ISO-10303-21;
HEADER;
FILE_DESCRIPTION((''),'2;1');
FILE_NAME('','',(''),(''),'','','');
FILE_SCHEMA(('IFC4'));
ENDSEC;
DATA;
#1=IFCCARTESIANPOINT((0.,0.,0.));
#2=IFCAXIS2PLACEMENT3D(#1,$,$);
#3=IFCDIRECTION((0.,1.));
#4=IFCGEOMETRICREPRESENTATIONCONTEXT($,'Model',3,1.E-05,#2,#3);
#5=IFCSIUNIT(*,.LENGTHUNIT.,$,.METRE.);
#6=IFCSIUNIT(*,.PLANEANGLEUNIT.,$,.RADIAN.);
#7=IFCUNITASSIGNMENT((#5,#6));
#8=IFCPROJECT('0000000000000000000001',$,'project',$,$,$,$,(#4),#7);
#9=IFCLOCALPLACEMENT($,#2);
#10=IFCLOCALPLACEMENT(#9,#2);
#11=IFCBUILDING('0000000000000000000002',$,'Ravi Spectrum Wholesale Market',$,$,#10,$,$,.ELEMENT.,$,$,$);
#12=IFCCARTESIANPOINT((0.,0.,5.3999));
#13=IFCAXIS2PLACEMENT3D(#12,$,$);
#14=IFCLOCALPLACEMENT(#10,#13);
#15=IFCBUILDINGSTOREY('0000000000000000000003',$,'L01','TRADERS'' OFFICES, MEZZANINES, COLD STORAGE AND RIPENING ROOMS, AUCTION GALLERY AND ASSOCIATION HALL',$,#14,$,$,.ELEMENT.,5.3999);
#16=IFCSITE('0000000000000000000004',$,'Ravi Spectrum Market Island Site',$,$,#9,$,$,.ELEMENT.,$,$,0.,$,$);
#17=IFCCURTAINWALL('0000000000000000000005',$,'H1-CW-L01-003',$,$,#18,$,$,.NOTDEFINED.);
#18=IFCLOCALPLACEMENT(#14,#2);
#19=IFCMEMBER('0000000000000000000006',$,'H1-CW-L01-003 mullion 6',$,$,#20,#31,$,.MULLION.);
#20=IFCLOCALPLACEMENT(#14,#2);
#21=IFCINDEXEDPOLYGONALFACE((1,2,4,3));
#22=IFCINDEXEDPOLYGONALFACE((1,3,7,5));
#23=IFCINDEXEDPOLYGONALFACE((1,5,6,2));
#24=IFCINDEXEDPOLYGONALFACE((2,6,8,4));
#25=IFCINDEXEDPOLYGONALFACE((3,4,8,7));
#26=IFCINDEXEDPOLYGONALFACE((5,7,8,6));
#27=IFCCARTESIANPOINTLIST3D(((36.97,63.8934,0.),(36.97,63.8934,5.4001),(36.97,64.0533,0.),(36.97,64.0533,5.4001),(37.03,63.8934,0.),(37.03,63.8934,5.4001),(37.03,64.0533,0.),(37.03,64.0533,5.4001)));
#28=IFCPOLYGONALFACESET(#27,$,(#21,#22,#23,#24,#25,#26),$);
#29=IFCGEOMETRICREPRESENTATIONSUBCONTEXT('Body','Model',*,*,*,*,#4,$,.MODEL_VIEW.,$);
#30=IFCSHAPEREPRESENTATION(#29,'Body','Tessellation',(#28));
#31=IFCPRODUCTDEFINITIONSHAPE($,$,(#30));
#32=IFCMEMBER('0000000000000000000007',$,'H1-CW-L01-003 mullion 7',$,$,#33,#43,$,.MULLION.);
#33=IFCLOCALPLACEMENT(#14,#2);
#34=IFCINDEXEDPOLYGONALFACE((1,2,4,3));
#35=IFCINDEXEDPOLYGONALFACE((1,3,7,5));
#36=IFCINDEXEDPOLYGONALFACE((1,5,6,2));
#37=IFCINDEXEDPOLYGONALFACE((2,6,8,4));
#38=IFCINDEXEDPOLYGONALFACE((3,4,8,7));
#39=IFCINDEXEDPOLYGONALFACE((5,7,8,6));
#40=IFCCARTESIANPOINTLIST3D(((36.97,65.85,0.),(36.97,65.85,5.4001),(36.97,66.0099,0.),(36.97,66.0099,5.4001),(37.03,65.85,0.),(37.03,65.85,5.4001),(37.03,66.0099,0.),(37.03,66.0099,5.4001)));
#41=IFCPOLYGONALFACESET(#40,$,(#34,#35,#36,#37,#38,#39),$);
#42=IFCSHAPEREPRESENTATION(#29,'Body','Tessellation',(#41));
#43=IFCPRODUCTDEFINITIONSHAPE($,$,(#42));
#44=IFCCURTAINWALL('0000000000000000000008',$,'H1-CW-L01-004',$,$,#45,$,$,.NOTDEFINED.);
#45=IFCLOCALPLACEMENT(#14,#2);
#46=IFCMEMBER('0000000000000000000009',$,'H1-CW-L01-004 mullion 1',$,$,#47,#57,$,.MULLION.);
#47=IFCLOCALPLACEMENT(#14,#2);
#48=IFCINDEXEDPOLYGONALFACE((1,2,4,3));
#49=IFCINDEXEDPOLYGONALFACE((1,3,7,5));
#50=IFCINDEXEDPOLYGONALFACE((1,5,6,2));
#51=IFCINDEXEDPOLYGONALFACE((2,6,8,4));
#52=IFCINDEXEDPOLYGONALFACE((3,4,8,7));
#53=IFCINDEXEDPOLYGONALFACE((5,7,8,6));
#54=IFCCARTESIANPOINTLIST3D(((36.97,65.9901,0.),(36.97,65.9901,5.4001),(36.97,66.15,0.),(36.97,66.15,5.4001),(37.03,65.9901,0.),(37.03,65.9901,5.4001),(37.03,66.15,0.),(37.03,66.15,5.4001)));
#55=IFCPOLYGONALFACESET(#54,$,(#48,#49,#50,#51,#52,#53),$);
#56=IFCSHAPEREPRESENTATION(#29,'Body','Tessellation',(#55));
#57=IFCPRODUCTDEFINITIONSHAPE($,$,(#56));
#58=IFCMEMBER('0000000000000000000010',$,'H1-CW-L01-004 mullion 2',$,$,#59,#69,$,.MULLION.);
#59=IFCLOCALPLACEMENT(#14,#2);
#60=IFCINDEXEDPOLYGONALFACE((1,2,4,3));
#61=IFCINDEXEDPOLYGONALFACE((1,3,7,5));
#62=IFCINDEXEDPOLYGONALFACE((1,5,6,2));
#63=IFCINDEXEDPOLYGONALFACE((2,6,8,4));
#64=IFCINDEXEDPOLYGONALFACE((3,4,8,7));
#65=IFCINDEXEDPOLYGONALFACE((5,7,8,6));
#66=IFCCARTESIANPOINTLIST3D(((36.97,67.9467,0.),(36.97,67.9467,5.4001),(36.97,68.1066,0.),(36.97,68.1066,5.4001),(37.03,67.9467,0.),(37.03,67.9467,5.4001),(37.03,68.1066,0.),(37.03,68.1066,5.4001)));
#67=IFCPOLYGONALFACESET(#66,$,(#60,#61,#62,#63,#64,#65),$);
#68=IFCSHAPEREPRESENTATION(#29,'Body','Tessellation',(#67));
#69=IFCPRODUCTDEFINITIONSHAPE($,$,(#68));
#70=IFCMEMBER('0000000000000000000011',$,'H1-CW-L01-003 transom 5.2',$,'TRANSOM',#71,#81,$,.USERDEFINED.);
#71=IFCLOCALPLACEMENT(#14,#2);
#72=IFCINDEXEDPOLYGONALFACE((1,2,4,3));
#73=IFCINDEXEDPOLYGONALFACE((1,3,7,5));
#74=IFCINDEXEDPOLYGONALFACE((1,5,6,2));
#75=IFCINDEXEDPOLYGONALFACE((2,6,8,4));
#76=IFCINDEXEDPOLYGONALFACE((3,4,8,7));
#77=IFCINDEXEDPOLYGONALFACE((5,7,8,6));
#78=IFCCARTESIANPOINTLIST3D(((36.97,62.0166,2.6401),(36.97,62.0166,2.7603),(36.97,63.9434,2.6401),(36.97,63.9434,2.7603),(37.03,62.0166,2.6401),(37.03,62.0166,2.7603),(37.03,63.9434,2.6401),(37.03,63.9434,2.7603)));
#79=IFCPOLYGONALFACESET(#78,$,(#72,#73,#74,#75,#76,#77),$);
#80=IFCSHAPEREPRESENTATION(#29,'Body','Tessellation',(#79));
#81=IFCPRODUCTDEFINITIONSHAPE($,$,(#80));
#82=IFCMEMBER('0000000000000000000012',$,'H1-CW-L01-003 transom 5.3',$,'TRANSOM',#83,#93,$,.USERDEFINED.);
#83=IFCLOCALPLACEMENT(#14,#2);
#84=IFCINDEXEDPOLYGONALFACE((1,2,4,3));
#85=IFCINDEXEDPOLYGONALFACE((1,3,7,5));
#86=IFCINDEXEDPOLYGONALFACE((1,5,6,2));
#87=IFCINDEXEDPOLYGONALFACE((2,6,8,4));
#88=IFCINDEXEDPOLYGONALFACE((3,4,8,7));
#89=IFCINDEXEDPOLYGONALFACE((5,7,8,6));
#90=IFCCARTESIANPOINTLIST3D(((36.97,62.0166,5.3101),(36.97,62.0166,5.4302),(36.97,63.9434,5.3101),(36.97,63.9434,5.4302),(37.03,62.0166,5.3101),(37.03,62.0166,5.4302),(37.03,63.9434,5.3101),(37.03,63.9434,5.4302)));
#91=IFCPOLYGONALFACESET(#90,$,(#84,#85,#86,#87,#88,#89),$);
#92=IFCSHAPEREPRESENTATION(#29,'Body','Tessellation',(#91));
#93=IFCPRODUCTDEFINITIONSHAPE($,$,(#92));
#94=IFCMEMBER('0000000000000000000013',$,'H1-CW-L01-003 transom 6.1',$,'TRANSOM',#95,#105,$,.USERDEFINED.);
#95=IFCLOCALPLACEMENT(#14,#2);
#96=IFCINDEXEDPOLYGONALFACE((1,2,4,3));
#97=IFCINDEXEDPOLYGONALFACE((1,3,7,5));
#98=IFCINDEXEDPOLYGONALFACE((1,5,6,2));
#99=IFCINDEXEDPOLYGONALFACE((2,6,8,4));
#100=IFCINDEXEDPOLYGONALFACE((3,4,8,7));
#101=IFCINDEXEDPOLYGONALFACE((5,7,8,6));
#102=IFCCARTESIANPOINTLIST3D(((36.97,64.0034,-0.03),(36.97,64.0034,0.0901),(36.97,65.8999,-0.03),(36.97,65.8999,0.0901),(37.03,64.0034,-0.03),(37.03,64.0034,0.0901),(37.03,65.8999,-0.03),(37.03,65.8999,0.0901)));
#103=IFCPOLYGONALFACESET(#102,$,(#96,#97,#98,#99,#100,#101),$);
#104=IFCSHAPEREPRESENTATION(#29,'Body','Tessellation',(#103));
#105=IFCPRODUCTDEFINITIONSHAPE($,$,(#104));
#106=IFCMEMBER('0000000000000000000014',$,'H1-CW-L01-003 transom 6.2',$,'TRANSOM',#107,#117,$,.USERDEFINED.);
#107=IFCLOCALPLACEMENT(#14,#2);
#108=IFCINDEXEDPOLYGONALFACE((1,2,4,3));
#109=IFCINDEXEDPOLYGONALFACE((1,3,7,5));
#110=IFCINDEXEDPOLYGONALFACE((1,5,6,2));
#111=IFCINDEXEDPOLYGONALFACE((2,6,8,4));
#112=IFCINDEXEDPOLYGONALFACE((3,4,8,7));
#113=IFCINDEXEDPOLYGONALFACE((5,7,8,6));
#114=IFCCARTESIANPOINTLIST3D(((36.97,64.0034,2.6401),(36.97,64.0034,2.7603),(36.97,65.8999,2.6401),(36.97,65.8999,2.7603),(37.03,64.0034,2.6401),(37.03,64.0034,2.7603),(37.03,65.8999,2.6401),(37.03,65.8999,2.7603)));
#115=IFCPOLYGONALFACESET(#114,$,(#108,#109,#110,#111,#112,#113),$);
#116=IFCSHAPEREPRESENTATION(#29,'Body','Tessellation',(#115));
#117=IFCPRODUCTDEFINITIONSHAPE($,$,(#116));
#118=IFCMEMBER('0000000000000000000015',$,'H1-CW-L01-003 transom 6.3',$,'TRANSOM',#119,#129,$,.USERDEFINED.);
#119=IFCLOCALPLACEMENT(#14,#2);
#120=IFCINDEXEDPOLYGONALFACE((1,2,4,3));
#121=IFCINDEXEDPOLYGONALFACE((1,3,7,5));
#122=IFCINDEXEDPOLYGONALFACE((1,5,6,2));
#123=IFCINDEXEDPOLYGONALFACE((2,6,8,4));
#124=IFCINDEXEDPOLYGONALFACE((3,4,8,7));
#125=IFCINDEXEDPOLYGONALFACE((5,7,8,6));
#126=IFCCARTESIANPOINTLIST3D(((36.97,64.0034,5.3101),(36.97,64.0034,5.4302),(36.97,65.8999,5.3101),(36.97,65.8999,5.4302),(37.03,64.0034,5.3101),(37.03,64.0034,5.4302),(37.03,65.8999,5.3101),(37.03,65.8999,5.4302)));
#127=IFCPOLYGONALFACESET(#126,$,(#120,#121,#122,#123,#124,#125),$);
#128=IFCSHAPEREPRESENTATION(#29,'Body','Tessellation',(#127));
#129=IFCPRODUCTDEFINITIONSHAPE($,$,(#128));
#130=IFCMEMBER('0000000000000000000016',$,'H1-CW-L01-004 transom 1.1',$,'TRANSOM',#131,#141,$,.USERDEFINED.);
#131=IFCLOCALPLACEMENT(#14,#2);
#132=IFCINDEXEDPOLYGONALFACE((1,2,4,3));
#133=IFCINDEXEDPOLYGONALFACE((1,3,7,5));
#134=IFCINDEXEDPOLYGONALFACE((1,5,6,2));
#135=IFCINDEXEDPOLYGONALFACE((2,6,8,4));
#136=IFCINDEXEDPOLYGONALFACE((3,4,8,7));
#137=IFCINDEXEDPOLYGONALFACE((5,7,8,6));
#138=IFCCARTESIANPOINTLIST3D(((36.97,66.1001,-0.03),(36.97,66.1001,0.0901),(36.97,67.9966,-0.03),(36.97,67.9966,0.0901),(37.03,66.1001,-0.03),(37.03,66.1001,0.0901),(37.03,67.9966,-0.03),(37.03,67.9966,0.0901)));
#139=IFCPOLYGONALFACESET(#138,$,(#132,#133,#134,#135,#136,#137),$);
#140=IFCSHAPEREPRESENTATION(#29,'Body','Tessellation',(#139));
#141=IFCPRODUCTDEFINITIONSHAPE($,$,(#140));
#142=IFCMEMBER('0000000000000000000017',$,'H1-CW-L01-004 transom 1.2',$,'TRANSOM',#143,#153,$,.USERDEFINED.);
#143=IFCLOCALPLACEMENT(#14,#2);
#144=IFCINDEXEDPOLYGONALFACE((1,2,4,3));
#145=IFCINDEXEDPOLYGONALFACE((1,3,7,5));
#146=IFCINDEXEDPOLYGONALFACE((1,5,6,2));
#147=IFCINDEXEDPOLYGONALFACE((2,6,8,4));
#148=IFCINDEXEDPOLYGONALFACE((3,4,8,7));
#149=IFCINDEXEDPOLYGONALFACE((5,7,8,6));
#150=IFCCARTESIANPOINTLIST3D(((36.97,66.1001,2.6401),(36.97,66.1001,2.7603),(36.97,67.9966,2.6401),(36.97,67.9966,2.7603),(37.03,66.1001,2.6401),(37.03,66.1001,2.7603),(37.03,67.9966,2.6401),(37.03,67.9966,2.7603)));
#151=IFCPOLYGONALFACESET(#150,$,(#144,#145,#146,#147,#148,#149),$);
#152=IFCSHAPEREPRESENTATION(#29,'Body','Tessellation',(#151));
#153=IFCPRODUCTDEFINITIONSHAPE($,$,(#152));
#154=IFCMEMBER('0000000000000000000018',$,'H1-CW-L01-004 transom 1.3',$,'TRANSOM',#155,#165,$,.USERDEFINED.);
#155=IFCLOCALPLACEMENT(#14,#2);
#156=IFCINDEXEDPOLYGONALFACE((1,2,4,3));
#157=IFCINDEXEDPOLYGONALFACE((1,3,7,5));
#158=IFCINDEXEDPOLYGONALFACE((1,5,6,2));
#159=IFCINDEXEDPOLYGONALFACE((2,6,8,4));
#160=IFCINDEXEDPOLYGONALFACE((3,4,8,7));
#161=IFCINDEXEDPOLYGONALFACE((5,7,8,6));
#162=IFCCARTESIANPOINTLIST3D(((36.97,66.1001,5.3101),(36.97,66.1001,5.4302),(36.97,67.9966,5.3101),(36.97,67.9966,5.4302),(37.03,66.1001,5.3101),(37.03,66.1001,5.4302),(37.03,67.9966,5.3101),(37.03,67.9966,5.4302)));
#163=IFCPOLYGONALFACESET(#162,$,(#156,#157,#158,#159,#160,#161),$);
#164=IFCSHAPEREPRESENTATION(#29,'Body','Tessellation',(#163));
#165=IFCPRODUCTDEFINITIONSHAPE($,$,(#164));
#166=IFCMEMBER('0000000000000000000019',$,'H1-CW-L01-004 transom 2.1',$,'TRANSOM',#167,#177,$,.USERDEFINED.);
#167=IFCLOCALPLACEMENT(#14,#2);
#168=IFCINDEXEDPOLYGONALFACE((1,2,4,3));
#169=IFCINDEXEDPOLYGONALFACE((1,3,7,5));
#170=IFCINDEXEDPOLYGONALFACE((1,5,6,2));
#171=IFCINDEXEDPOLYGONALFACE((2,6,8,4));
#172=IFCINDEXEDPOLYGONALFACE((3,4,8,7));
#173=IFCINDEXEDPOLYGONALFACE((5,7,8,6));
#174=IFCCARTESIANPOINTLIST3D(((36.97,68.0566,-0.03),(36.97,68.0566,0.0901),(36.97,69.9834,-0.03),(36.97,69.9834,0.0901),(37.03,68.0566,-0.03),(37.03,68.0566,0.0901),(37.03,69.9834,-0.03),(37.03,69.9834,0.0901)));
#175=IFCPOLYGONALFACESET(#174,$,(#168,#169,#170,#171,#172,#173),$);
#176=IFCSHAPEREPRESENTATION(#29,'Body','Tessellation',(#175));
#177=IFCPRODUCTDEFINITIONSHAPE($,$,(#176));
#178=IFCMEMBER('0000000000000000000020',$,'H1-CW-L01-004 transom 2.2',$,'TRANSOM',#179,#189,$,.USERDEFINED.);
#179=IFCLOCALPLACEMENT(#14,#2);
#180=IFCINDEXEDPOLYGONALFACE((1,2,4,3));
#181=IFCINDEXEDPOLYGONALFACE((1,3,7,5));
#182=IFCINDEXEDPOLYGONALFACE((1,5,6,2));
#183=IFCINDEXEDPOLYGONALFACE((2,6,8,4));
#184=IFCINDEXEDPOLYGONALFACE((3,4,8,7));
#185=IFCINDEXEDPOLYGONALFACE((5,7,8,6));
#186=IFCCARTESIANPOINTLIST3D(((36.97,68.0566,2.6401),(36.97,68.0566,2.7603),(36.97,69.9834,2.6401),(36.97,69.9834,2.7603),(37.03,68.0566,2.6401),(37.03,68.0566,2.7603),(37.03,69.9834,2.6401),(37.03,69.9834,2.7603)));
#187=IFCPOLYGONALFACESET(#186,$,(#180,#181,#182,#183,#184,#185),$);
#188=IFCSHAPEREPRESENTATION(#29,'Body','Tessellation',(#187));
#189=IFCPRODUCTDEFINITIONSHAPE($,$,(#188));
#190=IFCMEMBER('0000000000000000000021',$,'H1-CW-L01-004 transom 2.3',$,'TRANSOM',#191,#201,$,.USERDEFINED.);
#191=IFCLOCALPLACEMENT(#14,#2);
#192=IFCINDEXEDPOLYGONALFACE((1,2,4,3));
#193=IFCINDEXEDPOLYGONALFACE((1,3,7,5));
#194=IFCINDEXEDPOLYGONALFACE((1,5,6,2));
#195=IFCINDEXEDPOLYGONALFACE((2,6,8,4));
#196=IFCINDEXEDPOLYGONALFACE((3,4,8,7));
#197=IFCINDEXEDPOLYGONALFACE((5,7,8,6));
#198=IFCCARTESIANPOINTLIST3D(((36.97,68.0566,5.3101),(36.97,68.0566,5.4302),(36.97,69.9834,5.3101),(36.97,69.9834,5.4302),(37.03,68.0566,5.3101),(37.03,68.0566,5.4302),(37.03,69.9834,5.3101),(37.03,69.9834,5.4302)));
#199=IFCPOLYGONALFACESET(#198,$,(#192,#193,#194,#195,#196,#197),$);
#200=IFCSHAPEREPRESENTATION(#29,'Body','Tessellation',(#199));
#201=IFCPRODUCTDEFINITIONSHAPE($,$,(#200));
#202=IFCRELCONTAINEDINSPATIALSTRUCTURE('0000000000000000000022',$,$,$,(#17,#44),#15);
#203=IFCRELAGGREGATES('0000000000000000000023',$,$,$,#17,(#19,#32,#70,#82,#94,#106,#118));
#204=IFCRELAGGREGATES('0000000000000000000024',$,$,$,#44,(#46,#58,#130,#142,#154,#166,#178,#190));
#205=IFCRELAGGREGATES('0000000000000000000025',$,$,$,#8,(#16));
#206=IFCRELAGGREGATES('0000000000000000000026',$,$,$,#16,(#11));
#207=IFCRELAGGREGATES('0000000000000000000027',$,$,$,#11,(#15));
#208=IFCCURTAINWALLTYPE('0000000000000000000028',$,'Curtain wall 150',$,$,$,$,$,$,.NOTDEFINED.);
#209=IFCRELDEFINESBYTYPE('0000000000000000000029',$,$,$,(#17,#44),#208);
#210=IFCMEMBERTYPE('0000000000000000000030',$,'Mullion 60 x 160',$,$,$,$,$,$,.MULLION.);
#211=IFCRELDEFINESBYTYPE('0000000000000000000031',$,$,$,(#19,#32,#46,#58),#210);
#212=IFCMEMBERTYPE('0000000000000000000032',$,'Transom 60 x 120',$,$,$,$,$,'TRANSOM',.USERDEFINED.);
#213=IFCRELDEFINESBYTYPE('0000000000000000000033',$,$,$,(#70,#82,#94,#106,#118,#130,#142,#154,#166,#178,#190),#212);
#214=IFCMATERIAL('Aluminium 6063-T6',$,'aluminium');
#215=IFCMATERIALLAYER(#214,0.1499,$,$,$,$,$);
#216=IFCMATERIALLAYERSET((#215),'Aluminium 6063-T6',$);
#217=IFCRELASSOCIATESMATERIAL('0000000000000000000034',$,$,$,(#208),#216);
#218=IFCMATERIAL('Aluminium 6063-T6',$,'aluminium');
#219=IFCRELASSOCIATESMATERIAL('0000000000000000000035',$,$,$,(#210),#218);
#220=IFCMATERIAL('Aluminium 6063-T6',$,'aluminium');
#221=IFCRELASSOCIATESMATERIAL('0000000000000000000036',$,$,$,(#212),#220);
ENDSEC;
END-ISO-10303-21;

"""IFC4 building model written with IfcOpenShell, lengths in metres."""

from ifc_helpers import new_model, si_unit, direction, frame, origin, origin_2d, place, context, subcontext, project, spatial, rectangle, extrude, material, layer, layer_set, material_profile, profile_set, type_object, element, aggregate, save


model = new_model("IFC4")

# Units and contexts
model_context = context("Model", 3, precision=1e-05, world=origin(), true_north=direction((0.0, 1.0)))
body_context = subcontext(model_context, "Body", "Model", "MODEL_VIEW")
ifc_project = project(units=[si_unit("LENGTHUNIT", "METRE"), si_unit("PLANEANGLEUNIT", "RADIAN")], contexts=[model_context])

# Site, building, storey
site_placement = place(None, origin())
site = spatial("IfcSite", under=ifc_project, at=site_placement, Name="Ravi Spectrum Market Island Site", CompositionType="ELEMENT", RefElevation=0.0)
building_placement = place(site_placement, origin())
building = spatial("IfcBuilding", under=site, at=building_placement, Name="Ravi Spectrum Wholesale Market", CompositionType="ELEMENT")
storey_placement = place(building_placement, frame((0.0, 0.0, 5.3999)))
storey = spatial("IfcBuildingStorey", under=building, at=storey_placement, Name="L01", Description="TRADERS' OFFICES, MEZZANINES, COLD STORAGE AND RIPENING ROOMS, AUCTION GALLERY AND ASSOCIATION HALL", CompositionType="ELEMENT", Elevation=5.3999)

# Curtain walls, members
ifc_material_1 = material(Name="Aluminium 6063-T6", Category="aluminium")
ifc_layer_1 = layer(ifc_material_1, 0.1499)
ifc_layer_set_1 = layer_set([ifc_layer_1], Name="Aluminium 6063-T6")
curtain_wall_type = type_object("IfcCurtainWallType", Name="Curtain wall 150", PredefinedType="NOTDEFINED", material=ifc_layer_set_1)
curtain_wall_1_placement = place(storey_placement, origin())
curtain_wall_1 = element("IfcCurtainWall", 1, at=curtain_wall_1_placement, inside=storey, type_object=curtain_wall_type, Name="H1-CW-L01-003", PredefinedType="NOTDEFINED")
ifc_material_2 = material(Name="Aluminium 6063-T6", Category="aluminium")
ifc_material_profile_1 = material_profile(ifc_material_2, rectangle(XDim=0.0601, YDim=0.1599, at=origin_2d()))
ifc_profile_set_1 = profile_set([ifc_material_profile_1], Name="Aluminium 6063-T6")
member_type_1 = type_object("IfcMemberType", Name="Mullion 60 x 160", PredefinedType="MULLION", material=ifc_profile_set_1)
member_1_placement = place(storey_placement, frame((37.0, 63.9734, 0.0), z_axis=(0.0, 0.0, 1.0), x_axis=(-1.0, 0.0, 0.0)))
member_1 = element("IfcMember", 2, at=member_1_placement, type_object=member_type_1, Name="H1-CW-L01-003 mullion 6", PredefinedType="MULLION", context=body_context, shape_type="SweptSolid", body=[
    extrude(rectangle(XDim=0.0601, YDim=0.1599, at=origin_2d()), origin(), (0.0, 0.0, 1.0), 5.4001),
])
member_2_placement = place(storey_placement, frame((37.0, 65.9299, 0.0), z_axis=(0.0, 0.0, 1.0), x_axis=(-1.0, 0.0, 0.0)))
member_2 = element("IfcMember", 3, at=member_2_placement, type_object=member_type_1, Name="H1-CW-L01-003 mullion 7", PredefinedType="MULLION", context=body_context, shape_type="SweptSolid", body=[
    extrude(rectangle(XDim=0.0601, YDim=0.1599, at=origin_2d()), origin(), (0.0, 0.0, 1.0), 5.4001),
])
curtain_wall_2_placement = place(storey_placement, origin())
curtain_wall_2 = element("IfcCurtainWall", 4, at=curtain_wall_2_placement, inside=storey, type_object=curtain_wall_type, Name="H1-CW-L01-004", PredefinedType="NOTDEFINED")
member_3_placement = place(storey_placement, frame((37.0, 66.0701, 0.0), z_axis=(0.0, 0.0, 1.0), x_axis=(-1.0, 0.0, 0.0)))
member_3 = element("IfcMember", 5, at=member_3_placement, type_object=member_type_1, Name="H1-CW-L01-004 mullion 1", PredefinedType="MULLION", context=body_context, shape_type="SweptSolid", body=[
    extrude(rectangle(XDim=0.0601, YDim=0.1599, at=origin_2d()), origin(), (0.0, 0.0, 1.0), 5.4001),
])
member_4_placement = place(storey_placement, frame((37.0, 68.0266, 0.0), z_axis=(0.0, 0.0, 1.0), x_axis=(-1.0, 0.0, 0.0)))
member_4 = element("IfcMember", 6, at=member_4_placement, type_object=member_type_1, Name="H1-CW-L01-004 mullion 2", PredefinedType="MULLION", context=body_context, shape_type="SweptSolid", body=[
    extrude(rectangle(XDim=0.0601, YDim=0.1599, at=origin_2d()), origin(), (0.0, 0.0, 1.0), 5.4001),
])

# Members
ifc_material_3 = material(Name="Aluminium 6063-T6", Category="aluminium")
ifc_material_profile_2 = material_profile(ifc_material_3, rectangle(XDim=0.0601, YDim=0.1201, at=origin_2d()))
ifc_profile_set_2 = profile_set([ifc_material_profile_2], Name="Aluminium 6063-T6")
member_type_2 = type_object("IfcMemberType", Name="Transom 60 x 120", ElementType="TRANSOM", PredefinedType="USERDEFINED", material=ifc_profile_set_2)
member_5_placement = place(storey_placement, frame((37.0, 62.0166, 2.7002), z_axis=(0.0, 1.0, 0.0), x_axis=(-1.0, 0.0, 0.0)))
member_5 = element("IfcMember", 7, at=member_5_placement, type_object=member_type_2, Name="H1-CW-L01-003 transom 5.2", ObjectType="TRANSOM", PredefinedType="USERDEFINED", context=body_context, shape_type="SweptSolid", body=[
    extrude(rectangle(XDim=0.0601, YDim=0.1201, at=origin_2d()), origin(), (0.0, 0.0, 1.0), 1.9268),
])
member_6_placement = place(storey_placement, frame((37.0, 62.0166, 5.3701), z_axis=(0.0, 1.0, 0.0), x_axis=(-1.0, 0.0, 0.0)))
member_6 = element("IfcMember", 8, at=member_6_placement, type_object=member_type_2, Name="H1-CW-L01-003 transom 5.3", ObjectType="TRANSOM", PredefinedType="USERDEFINED", context=body_context, shape_type="SweptSolid", body=[
    extrude(rectangle(XDim=0.0601, YDim=0.1201, at=origin_2d()), origin(), (0.0, 0.0, 1.0), 1.9268),
])
member_7_placement = place(storey_placement, frame((37.0, 64.0034, 0.03), z_axis=(0.0, 1.0, 0.0), x_axis=(-1.0, 0.0, 0.0)))
member_7 = element("IfcMember", 9, at=member_7_placement, type_object=member_type_2, Name="H1-CW-L01-003 transom 6.1", ObjectType="TRANSOM", PredefinedType="USERDEFINED", context=body_context, shape_type="SweptSolid", body=[
    extrude(rectangle(XDim=0.0601, YDim=0.1201, at=origin_2d()), origin(), (0.0, 0.0, 1.0), 1.8965),
])
member_8_placement = place(storey_placement, frame((37.0, 64.0034, 2.7002), z_axis=(0.0, 1.0, 0.0), x_axis=(-1.0, 0.0, 0.0)))
member_8 = element("IfcMember", 10, at=member_8_placement, type_object=member_type_2, Name="H1-CW-L01-003 transom 6.2", ObjectType="TRANSOM", PredefinedType="USERDEFINED", context=body_context, shape_type="SweptSolid", body=[
    extrude(rectangle(XDim=0.0601, YDim=0.1201, at=origin_2d()), origin(), (0.0, 0.0, 1.0), 1.8965),
])
member_9_placement = place(storey_placement, frame((37.0, 64.0034, 5.3701), z_axis=(0.0, 1.0, 0.0), x_axis=(-1.0, 0.0, 0.0)))
member_9 = element("IfcMember", 11, at=member_9_placement, type_object=member_type_2, Name="H1-CW-L01-003 transom 6.3", ObjectType="TRANSOM", PredefinedType="USERDEFINED", context=body_context, shape_type="SweptSolid", body=[
    extrude(rectangle(XDim=0.0601, YDim=0.1201, at=origin_2d()), origin(), (0.0, 0.0, 1.0), 1.8965),
])
member_10_placement = place(storey_placement, frame((37.0, 66.1001, 0.03), z_axis=(0.0, 1.0, 0.0), x_axis=(-1.0, 0.0, 0.0)))
member_10 = element("IfcMember", 12, at=member_10_placement, type_object=member_type_2, Name="H1-CW-L01-004 transom 1.1", ObjectType="TRANSOM", PredefinedType="USERDEFINED", context=body_context, shape_type="SweptSolid", body=[
    extrude(rectangle(XDim=0.0601, YDim=0.1201, at=origin_2d()), origin(), (0.0, 0.0, 1.0), 1.8965),
])
member_11_placement = place(storey_placement, frame((37.0, 66.1001, 2.7002), z_axis=(0.0, 1.0, 0.0), x_axis=(-1.0, 0.0, 0.0)))
member_11 = element("IfcMember", 13, at=member_11_placement, type_object=member_type_2, Name="H1-CW-L01-004 transom 1.2", ObjectType="TRANSOM", PredefinedType="USERDEFINED", context=body_context, shape_type="SweptSolid", body=[
    extrude(rectangle(XDim=0.0601, YDim=0.1201, at=origin_2d()), origin(), (0.0, 0.0, 1.0), 1.8965),
])
member_12_placement = place(storey_placement, frame((37.0, 66.1001, 5.3701), z_axis=(0.0, 1.0, 0.0), x_axis=(-1.0, 0.0, 0.0)))
member_12 = element("IfcMember", 14, at=member_12_placement, type_object=member_type_2, Name="H1-CW-L01-004 transom 1.3", ObjectType="TRANSOM", PredefinedType="USERDEFINED", context=body_context, shape_type="SweptSolid", body=[
    extrude(rectangle(XDim=0.0601, YDim=0.1201, at=origin_2d()), origin(), (0.0, 0.0, 1.0), 1.8965),
])
member_13_placement = place(storey_placement, frame((37.0, 68.0566, 0.03), z_axis=(0.0, 1.0, 0.0), x_axis=(-1.0, 0.0, 0.0)))
member_13 = element("IfcMember", 15, at=member_13_placement, type_object=member_type_2, Name="H1-CW-L01-004 transom 2.1", ObjectType="TRANSOM", PredefinedType="USERDEFINED", context=body_context, shape_type="SweptSolid", body=[
    extrude(rectangle(XDim=0.0601, YDim=0.1201, at=origin_2d()), origin(), (0.0, 0.0, 1.0), 1.9268),
])
member_14_placement = place(storey_placement, frame((37.0, 68.0566, 2.7002), z_axis=(0.0, 1.0, 0.0), x_axis=(-1.0, 0.0, 0.0)))
member_14 = element("IfcMember", 16, at=member_14_placement, type_object=member_type_2, Name="H1-CW-L01-004 transom 2.2", ObjectType="TRANSOM", PredefinedType="USERDEFINED", context=body_context, shape_type="SweptSolid", body=[
    extrude(rectangle(XDim=0.0601, YDim=0.1201, at=origin_2d()), origin(), (0.0, 0.0, 1.0), 1.9268),
])
member_15_placement = place(storey_placement, frame((37.0, 68.0566, 5.3701), z_axis=(0.0, 1.0, 0.0), x_axis=(-1.0, 0.0, 0.0)))
member_15 = element("IfcMember", 17, at=member_15_placement, type_object=member_type_2, Name="H1-CW-L01-004 transom 2.3", ObjectType="TRANSOM", PredefinedType="USERDEFINED", context=body_context, shape_type="SweptSolid", body=[
    extrude(rectangle(XDim=0.0601, YDim=0.1201, at=origin_2d()), origin(), (0.0, 0.0, 1.0), 1.9268),
])

aggregate(curtain_wall_1, [member_1, member_2, member_5, member_6, member_7, member_8, member_9])
aggregate(curtain_wall_2, [member_3, member_4, member_10, member_11, member_12, member_13, member_14, member_15])

save(model, "model.ifc")
